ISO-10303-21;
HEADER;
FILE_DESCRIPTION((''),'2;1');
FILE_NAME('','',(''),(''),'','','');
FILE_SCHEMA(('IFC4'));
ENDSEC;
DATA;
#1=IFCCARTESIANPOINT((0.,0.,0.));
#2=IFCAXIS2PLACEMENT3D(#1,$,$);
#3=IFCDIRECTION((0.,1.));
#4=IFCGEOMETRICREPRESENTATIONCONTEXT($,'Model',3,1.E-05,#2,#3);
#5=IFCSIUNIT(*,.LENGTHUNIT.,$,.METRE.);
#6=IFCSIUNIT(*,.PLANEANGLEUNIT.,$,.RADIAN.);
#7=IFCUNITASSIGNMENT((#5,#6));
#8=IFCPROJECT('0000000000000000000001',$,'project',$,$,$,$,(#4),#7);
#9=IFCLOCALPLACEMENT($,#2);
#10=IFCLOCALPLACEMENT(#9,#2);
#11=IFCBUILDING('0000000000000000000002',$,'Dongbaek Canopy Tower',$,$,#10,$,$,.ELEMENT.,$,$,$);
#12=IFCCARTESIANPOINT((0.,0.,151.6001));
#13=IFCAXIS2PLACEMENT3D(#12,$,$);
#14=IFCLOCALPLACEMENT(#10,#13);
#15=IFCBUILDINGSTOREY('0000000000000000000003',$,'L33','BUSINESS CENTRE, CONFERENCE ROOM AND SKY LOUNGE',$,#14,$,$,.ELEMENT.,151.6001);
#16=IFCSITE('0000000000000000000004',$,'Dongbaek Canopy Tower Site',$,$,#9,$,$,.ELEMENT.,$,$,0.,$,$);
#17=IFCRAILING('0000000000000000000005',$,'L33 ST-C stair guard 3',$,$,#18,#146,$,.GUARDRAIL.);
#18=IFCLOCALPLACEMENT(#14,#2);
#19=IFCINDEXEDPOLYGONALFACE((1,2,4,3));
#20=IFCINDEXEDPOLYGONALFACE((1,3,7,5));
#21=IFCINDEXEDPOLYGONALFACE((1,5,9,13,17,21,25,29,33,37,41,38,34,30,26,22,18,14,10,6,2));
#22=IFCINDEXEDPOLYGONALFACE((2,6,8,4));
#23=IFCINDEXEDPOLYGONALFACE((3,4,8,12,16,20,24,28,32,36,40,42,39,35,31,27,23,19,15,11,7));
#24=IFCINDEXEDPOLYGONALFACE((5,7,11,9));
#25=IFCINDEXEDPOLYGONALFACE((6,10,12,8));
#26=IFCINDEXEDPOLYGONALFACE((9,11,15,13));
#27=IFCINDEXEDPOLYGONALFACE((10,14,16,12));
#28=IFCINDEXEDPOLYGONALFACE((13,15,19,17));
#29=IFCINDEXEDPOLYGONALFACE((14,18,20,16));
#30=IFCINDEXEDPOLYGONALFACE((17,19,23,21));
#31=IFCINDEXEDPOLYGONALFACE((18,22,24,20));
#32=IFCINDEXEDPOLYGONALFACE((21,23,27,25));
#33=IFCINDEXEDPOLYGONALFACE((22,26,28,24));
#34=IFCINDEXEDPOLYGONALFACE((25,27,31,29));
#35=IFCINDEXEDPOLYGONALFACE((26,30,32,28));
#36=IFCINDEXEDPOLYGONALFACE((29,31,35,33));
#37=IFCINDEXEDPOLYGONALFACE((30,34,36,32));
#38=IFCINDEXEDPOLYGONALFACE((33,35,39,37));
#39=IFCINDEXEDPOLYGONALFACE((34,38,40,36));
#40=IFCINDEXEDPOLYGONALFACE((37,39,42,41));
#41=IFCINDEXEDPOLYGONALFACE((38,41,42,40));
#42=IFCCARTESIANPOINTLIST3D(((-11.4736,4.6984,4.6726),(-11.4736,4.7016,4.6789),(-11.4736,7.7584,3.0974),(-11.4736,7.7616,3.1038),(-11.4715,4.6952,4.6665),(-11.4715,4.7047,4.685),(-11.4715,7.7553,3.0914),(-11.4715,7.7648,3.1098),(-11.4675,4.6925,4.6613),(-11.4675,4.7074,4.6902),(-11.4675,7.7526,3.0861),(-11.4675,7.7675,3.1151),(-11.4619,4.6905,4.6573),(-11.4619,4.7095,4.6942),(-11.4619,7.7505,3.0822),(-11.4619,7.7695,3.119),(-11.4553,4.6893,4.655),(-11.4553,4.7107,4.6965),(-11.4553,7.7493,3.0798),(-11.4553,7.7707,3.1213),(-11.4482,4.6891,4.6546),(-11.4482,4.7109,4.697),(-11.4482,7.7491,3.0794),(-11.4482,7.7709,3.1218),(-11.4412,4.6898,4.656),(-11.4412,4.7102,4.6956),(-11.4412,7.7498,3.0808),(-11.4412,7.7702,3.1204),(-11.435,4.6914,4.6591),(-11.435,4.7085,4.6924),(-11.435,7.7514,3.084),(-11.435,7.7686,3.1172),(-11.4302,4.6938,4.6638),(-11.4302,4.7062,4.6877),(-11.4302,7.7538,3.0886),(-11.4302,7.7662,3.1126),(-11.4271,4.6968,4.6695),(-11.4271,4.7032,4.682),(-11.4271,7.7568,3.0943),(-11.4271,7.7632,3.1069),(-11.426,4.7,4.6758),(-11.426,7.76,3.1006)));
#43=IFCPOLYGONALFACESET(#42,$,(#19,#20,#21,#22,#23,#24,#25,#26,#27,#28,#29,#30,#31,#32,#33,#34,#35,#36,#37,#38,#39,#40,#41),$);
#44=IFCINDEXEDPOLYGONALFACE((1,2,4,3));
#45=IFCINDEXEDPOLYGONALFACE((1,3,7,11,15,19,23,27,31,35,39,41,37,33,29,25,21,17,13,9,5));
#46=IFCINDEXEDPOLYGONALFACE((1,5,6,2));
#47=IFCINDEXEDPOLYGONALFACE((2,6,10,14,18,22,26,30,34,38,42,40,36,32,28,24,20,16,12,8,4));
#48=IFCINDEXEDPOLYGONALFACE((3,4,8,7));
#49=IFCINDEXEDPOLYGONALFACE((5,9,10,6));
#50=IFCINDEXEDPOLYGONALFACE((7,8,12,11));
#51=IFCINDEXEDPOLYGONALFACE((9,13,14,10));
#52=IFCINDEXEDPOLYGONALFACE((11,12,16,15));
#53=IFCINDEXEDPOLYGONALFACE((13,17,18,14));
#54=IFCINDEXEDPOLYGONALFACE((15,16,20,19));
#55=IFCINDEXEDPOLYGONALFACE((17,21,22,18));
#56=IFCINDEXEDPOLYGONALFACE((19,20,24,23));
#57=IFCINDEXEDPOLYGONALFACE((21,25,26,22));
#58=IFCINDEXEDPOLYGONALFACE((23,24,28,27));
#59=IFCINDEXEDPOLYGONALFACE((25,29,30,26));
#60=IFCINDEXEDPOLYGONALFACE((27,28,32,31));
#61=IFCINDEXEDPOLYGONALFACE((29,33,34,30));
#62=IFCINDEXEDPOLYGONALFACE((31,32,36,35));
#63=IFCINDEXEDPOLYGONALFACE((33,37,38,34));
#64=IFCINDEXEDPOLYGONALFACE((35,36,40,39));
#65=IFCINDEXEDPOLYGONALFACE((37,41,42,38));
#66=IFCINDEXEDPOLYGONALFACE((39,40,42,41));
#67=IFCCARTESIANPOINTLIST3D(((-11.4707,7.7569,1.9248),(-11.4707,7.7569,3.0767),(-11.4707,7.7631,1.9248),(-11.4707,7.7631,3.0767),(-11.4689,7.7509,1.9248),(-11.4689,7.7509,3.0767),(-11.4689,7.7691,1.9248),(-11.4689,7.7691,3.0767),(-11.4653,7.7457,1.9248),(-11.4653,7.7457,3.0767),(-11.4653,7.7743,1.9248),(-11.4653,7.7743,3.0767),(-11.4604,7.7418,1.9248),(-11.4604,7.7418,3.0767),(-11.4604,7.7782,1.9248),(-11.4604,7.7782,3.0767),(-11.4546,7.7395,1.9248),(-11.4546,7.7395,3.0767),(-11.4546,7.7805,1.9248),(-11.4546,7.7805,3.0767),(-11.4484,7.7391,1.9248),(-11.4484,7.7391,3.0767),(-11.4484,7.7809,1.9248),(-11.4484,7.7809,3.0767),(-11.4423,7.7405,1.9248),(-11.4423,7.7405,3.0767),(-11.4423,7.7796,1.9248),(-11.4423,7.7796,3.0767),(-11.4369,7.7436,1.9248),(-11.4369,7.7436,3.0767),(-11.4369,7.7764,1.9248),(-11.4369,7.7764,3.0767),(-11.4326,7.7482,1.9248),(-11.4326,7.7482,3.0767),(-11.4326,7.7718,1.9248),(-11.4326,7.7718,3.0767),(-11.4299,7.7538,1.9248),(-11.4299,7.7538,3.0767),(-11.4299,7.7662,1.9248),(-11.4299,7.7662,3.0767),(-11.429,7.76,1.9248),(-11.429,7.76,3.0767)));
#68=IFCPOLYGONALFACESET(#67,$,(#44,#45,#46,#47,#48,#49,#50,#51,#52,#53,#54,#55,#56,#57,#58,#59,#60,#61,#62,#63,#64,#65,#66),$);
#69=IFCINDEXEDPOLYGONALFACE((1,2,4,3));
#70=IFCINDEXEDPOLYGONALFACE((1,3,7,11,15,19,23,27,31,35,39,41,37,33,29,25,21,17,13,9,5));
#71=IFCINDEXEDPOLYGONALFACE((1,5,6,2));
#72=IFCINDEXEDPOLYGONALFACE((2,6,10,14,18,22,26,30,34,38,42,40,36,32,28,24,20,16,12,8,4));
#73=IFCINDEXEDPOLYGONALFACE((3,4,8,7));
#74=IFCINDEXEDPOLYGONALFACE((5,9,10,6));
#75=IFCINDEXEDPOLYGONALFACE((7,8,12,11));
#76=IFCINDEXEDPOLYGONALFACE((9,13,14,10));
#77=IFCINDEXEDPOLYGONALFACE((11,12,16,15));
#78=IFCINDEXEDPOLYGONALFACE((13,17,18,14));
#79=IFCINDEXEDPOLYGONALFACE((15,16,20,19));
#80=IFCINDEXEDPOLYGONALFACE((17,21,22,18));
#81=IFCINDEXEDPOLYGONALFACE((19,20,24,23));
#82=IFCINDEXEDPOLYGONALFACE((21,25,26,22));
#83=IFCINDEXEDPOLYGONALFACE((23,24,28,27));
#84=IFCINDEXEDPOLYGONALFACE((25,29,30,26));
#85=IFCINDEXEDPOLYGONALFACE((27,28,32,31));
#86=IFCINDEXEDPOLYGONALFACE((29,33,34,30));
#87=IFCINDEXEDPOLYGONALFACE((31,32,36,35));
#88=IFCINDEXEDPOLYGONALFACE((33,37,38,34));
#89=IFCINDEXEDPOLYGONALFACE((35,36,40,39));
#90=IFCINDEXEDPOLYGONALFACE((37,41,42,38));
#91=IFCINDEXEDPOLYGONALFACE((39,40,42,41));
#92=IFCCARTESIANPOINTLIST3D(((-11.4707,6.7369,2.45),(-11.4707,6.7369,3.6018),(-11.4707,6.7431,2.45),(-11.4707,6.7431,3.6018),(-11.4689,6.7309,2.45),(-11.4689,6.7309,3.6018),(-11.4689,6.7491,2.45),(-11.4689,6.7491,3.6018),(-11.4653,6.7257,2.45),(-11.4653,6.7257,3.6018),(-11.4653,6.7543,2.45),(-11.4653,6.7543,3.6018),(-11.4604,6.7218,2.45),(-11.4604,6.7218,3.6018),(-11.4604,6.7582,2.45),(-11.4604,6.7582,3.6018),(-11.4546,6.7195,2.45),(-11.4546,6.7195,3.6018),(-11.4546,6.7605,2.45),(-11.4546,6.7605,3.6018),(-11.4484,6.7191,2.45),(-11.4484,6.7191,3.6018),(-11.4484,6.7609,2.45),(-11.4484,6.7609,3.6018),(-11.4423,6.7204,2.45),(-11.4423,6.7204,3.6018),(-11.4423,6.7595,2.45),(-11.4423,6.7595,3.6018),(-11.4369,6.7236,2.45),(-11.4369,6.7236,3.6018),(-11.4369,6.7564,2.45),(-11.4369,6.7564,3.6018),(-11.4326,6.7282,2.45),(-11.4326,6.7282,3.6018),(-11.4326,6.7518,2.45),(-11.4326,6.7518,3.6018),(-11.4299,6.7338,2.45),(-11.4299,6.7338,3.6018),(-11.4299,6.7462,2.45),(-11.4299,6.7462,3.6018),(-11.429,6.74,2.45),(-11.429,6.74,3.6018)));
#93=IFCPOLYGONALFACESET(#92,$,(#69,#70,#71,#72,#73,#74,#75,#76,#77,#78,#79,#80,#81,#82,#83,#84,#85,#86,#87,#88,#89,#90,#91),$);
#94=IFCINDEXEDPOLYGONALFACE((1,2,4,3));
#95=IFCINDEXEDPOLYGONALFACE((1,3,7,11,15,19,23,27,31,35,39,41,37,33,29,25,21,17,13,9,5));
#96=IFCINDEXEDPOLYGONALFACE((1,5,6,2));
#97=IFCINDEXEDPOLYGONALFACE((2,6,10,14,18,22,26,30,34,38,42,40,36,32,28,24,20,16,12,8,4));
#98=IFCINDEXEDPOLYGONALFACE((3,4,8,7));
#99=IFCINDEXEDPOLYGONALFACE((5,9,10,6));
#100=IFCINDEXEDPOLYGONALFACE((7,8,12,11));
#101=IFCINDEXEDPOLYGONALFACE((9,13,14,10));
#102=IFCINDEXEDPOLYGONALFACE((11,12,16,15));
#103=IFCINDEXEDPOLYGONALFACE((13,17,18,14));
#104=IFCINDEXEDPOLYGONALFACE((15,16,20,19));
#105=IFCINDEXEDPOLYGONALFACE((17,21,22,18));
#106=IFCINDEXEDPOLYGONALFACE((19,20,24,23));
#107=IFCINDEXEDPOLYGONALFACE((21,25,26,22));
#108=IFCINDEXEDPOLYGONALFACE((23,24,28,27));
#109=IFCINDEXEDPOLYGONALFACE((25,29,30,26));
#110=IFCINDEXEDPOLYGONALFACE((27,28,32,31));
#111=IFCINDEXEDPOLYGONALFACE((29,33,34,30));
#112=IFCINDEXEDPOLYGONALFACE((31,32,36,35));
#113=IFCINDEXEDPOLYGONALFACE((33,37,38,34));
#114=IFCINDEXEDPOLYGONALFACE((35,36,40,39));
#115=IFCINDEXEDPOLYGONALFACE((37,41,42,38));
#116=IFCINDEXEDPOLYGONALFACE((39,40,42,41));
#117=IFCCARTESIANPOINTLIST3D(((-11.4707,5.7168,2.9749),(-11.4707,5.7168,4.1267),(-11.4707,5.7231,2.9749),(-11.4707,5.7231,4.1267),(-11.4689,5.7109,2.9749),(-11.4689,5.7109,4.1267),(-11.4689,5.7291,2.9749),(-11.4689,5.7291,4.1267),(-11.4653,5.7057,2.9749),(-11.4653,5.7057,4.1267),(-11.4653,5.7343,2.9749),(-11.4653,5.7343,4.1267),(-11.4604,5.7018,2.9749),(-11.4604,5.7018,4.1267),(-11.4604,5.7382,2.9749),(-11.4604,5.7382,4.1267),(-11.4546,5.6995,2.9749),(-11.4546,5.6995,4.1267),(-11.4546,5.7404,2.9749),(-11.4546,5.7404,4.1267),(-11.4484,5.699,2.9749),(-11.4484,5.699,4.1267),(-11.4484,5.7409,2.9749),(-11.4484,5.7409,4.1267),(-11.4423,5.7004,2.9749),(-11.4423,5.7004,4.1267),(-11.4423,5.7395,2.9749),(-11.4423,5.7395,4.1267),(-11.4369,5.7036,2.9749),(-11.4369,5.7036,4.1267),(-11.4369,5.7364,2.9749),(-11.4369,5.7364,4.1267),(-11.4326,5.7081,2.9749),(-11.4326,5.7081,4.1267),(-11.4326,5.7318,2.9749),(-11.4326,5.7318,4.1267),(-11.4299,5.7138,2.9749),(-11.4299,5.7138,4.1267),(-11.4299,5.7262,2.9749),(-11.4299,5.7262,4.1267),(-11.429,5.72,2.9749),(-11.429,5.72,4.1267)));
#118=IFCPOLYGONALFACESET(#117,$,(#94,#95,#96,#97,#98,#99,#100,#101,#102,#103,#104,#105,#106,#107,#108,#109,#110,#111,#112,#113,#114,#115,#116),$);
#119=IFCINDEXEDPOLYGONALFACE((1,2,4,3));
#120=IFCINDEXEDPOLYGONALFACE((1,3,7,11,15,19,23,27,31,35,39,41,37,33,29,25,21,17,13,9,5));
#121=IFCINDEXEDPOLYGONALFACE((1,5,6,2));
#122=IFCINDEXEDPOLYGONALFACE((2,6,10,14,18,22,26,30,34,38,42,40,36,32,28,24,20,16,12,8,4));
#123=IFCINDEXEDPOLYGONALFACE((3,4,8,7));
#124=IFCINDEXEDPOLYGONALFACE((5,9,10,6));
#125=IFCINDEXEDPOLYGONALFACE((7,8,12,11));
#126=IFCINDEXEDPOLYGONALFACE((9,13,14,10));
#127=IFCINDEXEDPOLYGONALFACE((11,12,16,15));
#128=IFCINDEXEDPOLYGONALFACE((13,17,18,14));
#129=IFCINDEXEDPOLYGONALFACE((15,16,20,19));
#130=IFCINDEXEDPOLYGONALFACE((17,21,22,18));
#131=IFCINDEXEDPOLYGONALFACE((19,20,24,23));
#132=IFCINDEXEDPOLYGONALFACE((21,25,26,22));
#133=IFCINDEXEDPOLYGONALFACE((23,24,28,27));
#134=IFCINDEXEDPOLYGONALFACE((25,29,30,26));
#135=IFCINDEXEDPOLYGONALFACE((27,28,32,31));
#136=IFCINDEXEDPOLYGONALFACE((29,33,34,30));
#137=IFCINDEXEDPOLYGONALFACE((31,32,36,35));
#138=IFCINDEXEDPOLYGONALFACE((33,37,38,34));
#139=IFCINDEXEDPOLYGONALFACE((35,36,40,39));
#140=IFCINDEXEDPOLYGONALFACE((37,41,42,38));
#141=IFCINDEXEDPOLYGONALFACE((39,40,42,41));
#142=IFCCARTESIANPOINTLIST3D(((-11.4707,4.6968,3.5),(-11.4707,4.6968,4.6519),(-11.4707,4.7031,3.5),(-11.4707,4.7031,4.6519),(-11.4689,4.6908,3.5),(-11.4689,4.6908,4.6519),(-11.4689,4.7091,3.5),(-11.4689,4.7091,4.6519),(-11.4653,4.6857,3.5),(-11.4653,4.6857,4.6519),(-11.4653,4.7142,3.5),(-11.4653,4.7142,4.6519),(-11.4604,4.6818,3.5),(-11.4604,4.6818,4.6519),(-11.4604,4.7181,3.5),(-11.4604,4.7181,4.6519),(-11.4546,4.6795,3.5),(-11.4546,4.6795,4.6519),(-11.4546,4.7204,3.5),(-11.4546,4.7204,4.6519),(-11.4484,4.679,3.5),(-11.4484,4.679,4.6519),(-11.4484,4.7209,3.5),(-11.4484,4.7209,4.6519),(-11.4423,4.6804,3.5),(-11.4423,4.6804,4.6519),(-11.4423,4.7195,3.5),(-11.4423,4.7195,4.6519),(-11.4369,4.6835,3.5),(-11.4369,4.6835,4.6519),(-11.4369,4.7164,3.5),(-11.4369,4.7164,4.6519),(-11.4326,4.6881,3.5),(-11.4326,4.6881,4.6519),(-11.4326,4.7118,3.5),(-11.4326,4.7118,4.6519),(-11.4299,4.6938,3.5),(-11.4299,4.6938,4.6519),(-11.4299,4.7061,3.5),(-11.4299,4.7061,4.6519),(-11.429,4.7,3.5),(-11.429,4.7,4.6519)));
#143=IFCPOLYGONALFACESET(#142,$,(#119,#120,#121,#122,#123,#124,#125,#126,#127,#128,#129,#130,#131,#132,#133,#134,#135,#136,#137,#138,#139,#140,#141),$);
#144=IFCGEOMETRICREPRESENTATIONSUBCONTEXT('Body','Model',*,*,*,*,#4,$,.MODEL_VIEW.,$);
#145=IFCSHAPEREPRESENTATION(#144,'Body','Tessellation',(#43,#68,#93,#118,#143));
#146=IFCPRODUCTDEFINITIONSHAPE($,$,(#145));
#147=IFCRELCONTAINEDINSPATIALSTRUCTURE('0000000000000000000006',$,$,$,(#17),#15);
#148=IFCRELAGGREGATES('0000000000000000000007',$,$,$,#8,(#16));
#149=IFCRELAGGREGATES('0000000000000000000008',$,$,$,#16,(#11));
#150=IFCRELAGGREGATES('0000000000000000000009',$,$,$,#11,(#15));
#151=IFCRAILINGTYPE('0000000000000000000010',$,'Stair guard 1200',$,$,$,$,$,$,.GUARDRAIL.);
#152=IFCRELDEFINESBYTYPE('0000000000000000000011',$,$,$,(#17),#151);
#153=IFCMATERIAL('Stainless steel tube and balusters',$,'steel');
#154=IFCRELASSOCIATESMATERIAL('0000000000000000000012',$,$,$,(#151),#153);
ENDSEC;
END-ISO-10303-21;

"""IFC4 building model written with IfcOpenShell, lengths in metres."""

from ifc_helpers import new_model, si_unit, direction, frame, origin, origin_2d, place, context, subcontext, project, spatial, circle, extrude, material, type_object, element, save


model = new_model("IFC4")

# Units and contexts
model_context = context("Model", 3, precision=1e-05, world=origin(), true_north=direction((0.0, 1.0)))
body_context = subcontext(model_context, "Body", "Model", "MODEL_VIEW")
ifc_project = project(units=[si_unit("LENGTHUNIT", "METRE"), si_unit("PLANEANGLEUNIT", "RADIAN")], contexts=[model_context])

# Site, building, storey
site_placement = place(None, origin())
site = spatial("IfcSite", under=ifc_project, at=site_placement, Name="Dongbaek Canopy Tower Site", CompositionType="ELEMENT", RefElevation=0.0)
building_placement = place(site_placement, origin())
building = spatial("IfcBuilding", under=site, at=building_placement, Name="Dongbaek Canopy Tower", CompositionType="ELEMENT")
storey_placement = place(building_placement, frame((0.0, 0.0, 151.6001)))
storey = spatial("IfcBuildingStorey", under=building, at=storey_placement, Name="L33", Description="BUSINESS CENTRE, CONFERENCE ROOM AND SKY LOUNGE", CompositionType="ELEMENT", Elevation=151.6001)

# Railing
ifc_material_1 = material(Name="Stainless steel tube and balusters", Category="steel")
railing_type_1 = type_object("IfcRailingType", Name="Stair guard 1200", PredefinedType="GUARDRAIL", material=ifc_material_1)
railing_1_placement = place(storey_placement, frame((-11.45, 7.76, 1.9248)))
element("IfcRailing", 1, at=railing_1_placement, inside=storey, type_object=railing_type_1, Name="L33 ST-C stair guard 3", PredefinedType="GUARDRAIL", context=body_context, shape_type="SweptSolid", body=[
    extrude(circle(Radius=0.0239, at=origin_2d()), frame((0.0, 0.0, 1.1758), z_axis=(0.0, -0.889116, 0.457681), x_axis=(1.0, 0.0, 0.0)), (0.0, 0.0, 1.0), 3.4417),
    extrude(circle(Radius=0.021, at=origin_2d()), origin(), (0.0, 0.0, 1.0), 1.1519),
    extrude(circle(Radius=0.021, at=origin_2d()), frame((0.0, -1.02, 0.5251)), (0.0, 0.0, 1.0), 1.1519),
    extrude(circle(Radius=0.021, at=origin_2d()), frame((0.0, -2.04, 1.05)), (0.0, 0.0, 1.0), 1.1519),
    extrude(circle(Radius=0.021, at=origin_2d()), frame((0.0, -3.0601, 1.5752)), (0.0, 0.0, 1.0), 1.1519),
])

save(model, "model.ifc")
